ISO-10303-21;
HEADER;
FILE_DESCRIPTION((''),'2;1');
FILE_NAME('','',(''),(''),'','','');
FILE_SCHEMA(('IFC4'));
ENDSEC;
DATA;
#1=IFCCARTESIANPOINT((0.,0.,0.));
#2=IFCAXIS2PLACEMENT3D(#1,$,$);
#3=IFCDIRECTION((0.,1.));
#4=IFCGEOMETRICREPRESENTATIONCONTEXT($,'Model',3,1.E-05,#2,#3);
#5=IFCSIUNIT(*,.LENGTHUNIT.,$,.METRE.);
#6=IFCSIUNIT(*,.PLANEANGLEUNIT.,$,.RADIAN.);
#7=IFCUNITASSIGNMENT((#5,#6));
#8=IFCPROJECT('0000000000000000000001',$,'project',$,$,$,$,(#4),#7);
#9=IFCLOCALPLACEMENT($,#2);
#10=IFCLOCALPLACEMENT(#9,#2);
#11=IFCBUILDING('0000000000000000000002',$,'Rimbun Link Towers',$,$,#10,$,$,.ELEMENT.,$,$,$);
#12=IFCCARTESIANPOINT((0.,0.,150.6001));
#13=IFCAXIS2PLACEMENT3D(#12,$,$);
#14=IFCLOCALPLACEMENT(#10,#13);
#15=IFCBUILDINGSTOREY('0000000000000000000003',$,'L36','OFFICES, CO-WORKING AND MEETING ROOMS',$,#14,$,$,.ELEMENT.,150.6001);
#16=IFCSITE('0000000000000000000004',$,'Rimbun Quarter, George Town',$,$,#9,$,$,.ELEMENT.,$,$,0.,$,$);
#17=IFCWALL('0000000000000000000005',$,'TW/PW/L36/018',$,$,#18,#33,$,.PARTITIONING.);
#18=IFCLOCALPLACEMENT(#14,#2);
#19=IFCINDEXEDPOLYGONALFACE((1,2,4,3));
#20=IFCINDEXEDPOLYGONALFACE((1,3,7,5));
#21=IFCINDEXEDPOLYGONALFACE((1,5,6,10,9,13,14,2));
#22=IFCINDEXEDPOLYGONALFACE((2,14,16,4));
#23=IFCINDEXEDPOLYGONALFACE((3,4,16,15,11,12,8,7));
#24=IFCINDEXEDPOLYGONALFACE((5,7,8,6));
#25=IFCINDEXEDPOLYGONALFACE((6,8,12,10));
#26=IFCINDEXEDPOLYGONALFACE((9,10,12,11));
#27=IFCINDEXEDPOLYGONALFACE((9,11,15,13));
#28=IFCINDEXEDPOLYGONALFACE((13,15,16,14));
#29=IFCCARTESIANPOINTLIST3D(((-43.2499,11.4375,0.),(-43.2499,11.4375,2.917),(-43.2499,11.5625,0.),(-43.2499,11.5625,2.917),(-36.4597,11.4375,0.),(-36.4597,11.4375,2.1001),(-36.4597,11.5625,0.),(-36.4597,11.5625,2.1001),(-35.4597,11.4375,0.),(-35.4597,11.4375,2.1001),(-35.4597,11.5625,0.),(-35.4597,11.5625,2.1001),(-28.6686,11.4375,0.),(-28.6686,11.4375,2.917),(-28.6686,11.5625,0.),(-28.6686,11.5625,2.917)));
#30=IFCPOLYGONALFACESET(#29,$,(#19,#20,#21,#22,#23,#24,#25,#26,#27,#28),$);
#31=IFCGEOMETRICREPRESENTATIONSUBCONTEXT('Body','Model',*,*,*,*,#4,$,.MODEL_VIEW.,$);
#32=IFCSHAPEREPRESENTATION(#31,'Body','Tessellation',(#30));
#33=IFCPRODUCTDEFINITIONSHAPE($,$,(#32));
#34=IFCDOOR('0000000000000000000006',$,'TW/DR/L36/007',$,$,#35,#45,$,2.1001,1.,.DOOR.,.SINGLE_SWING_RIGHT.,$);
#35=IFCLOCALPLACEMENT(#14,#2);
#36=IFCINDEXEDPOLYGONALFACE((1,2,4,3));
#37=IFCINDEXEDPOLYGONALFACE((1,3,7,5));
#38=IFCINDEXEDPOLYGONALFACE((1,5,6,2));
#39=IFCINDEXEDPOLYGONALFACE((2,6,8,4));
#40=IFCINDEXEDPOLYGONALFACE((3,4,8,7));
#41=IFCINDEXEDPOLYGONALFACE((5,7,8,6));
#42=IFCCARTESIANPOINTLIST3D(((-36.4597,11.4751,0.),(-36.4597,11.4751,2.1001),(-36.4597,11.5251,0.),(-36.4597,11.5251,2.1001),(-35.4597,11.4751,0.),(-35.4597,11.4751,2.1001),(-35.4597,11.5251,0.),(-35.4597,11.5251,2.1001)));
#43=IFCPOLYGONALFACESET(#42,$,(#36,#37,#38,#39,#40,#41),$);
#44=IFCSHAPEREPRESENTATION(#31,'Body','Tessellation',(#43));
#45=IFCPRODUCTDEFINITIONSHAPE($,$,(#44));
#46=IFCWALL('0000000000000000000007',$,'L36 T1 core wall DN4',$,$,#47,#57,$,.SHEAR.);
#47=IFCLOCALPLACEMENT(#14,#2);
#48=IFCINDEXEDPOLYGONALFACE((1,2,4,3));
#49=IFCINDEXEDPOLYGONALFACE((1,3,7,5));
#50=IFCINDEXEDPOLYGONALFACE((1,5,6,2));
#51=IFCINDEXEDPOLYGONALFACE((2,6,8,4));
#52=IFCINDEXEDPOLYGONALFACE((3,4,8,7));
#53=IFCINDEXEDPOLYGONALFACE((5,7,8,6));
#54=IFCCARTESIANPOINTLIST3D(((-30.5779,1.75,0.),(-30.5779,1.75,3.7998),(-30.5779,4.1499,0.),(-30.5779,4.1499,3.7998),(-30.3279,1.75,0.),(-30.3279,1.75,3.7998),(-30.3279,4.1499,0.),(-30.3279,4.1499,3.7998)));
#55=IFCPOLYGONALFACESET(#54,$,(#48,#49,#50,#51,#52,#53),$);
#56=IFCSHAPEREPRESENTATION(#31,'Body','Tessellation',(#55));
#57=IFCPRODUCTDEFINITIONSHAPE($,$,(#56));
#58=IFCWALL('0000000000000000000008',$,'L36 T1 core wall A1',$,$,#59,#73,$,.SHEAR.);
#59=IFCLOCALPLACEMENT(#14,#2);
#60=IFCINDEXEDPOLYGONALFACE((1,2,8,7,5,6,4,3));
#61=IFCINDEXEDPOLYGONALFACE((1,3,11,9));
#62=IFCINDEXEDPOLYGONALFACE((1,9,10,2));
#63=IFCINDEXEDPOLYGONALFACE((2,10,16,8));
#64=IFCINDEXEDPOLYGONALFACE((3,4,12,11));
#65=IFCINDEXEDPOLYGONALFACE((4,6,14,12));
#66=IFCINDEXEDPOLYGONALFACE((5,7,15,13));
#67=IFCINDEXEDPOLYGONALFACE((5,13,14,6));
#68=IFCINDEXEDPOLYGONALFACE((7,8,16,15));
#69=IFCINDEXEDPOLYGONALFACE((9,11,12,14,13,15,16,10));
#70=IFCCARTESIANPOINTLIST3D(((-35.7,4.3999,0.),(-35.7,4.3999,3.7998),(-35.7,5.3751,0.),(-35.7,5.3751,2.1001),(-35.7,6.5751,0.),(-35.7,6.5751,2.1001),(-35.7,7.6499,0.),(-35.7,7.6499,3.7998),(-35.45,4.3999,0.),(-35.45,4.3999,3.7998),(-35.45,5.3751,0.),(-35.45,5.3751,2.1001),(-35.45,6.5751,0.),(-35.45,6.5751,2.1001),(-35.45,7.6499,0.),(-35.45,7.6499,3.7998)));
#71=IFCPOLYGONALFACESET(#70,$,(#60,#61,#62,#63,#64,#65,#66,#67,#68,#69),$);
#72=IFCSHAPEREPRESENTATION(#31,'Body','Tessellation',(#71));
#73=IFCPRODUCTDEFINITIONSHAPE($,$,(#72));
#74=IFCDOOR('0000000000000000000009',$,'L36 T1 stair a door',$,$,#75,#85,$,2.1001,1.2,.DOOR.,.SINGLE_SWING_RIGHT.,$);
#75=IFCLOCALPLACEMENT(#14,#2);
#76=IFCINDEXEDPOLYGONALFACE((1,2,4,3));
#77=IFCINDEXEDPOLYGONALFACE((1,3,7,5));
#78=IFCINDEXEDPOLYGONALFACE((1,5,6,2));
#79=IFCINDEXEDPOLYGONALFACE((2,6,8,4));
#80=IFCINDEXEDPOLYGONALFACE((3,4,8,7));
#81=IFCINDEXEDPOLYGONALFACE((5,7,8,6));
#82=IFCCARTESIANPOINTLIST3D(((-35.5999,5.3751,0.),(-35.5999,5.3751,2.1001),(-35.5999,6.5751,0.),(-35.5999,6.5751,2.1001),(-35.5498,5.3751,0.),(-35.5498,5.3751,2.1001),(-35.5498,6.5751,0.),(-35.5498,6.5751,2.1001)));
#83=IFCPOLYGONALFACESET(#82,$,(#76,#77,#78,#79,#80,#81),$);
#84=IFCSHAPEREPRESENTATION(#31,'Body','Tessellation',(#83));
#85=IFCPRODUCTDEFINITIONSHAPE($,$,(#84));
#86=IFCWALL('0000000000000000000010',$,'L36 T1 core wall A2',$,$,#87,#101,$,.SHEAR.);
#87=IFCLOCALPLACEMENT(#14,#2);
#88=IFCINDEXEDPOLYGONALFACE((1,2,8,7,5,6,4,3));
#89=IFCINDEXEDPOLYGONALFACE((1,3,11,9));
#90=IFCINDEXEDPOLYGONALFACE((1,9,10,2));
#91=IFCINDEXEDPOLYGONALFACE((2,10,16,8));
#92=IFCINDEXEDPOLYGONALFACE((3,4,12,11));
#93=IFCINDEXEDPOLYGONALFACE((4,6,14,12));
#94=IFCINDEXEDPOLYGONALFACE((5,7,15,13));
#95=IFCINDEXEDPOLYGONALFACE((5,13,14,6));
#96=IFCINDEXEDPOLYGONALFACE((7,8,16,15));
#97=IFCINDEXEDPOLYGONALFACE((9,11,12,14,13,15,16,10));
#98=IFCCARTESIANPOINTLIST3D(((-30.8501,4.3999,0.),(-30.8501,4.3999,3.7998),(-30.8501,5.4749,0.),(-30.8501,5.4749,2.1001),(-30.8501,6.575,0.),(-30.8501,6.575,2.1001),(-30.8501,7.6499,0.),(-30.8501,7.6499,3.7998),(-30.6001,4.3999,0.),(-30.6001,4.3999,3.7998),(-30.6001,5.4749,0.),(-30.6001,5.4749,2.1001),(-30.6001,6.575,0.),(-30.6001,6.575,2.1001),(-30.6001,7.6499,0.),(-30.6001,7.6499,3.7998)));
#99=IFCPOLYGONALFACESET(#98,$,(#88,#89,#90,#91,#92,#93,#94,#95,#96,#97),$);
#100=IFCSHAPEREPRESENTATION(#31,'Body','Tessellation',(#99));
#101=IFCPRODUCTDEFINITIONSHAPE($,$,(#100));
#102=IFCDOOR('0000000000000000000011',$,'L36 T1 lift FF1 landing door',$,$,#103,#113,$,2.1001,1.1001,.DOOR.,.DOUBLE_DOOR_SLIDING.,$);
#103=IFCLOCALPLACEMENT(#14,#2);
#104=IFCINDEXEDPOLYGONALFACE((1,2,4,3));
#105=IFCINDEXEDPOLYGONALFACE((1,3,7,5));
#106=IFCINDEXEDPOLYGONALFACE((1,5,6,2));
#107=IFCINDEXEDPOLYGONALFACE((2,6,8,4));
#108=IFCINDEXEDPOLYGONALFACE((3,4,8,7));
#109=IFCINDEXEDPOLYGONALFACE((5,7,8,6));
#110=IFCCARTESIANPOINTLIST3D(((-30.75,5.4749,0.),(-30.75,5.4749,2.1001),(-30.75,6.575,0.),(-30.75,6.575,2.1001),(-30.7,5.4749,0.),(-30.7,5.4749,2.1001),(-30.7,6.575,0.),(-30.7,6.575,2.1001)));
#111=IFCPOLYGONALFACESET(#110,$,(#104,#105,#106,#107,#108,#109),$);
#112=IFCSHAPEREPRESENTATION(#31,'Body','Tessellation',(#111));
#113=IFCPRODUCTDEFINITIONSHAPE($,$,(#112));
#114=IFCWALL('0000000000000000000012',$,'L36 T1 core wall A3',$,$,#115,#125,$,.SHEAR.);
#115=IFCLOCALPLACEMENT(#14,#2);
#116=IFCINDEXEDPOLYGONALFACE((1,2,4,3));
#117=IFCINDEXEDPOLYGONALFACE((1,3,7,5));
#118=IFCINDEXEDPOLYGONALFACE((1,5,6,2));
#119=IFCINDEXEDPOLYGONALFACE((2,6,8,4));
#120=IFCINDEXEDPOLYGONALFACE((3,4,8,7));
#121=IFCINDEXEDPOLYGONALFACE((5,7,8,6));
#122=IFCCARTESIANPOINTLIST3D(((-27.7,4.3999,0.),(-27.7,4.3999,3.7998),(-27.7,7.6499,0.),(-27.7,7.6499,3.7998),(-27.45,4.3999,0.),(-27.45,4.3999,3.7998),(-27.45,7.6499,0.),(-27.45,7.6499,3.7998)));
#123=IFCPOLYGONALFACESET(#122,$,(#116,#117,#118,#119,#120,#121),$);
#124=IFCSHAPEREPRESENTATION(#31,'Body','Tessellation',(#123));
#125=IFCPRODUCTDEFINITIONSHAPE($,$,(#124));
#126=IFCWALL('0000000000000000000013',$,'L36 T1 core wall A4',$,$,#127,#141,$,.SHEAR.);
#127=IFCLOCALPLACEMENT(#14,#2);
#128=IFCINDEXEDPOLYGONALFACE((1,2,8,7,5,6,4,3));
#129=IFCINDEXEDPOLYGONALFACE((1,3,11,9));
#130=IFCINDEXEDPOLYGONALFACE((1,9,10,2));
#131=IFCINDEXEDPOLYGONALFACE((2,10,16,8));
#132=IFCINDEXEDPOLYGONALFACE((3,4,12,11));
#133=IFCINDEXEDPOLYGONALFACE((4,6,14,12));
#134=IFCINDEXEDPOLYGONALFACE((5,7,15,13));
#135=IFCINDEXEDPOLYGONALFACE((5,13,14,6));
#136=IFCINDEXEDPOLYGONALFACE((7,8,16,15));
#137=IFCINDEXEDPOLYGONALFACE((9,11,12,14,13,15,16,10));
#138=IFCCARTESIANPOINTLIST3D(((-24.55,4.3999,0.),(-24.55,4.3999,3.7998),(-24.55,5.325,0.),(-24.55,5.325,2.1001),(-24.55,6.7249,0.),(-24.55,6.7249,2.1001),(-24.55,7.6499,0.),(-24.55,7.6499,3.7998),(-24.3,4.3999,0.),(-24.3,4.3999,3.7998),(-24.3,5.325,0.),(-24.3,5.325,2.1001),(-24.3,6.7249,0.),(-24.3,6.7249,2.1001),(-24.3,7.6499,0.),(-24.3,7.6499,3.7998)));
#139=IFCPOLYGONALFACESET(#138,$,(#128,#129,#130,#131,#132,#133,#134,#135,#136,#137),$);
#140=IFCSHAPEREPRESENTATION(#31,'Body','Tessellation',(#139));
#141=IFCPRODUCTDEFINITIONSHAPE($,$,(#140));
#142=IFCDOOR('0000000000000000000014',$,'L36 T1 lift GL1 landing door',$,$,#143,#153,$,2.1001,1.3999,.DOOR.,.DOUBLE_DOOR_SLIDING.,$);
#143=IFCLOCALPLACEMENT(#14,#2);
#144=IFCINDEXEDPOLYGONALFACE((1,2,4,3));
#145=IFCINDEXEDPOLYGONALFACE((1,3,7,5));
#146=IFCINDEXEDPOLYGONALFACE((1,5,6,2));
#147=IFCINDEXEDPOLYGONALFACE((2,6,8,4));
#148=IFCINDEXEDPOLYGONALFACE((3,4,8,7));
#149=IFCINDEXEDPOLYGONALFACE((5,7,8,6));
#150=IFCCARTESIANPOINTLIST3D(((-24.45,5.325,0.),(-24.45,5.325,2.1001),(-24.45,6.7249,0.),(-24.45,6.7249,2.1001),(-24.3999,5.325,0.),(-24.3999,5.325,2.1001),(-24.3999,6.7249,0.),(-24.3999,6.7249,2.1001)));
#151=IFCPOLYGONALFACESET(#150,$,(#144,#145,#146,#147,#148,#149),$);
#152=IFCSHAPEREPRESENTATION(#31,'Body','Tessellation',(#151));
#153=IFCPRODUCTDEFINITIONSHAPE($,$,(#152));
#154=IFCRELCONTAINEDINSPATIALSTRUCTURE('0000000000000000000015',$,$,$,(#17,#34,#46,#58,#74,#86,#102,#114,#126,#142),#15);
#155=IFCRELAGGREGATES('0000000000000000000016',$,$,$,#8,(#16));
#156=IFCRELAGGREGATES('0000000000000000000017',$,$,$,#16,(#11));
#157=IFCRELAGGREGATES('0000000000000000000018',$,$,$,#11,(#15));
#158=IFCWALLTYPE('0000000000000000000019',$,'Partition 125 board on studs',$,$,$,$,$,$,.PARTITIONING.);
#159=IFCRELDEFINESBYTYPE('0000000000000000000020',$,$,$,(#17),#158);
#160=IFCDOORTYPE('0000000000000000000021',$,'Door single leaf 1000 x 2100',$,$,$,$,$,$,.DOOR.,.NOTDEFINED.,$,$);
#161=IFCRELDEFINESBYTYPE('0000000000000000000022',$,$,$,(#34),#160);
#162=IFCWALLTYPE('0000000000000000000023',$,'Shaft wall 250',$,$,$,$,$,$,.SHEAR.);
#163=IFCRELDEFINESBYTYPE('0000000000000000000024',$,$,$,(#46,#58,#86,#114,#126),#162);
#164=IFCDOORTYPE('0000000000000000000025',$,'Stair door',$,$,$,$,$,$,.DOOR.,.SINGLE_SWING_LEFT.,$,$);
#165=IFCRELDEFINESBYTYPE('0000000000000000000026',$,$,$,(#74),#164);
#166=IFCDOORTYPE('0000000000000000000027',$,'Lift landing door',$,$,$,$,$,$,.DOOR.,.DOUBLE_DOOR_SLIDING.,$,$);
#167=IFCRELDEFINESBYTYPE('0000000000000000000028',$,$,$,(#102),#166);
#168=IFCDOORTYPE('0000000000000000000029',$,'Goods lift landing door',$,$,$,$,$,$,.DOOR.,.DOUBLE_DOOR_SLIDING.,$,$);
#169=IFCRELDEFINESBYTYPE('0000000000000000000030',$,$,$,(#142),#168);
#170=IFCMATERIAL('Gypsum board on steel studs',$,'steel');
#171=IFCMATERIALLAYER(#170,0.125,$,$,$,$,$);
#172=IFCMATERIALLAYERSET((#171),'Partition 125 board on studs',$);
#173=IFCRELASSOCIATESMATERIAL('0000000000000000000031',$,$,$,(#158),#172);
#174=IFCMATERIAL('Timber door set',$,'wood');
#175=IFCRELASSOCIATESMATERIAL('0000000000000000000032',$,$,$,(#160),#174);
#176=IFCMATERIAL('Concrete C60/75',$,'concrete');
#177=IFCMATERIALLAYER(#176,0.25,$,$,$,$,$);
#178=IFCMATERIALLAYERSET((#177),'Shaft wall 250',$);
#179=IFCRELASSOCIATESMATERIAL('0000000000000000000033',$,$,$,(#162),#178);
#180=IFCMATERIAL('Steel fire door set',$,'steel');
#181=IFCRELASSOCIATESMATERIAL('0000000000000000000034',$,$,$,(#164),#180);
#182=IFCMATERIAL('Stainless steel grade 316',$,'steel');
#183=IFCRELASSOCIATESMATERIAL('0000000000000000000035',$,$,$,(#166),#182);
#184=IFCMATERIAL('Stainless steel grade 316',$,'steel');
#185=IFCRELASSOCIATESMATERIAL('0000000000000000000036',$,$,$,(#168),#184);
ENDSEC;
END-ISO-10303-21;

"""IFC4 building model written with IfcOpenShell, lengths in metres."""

from ifc_helpers import new_model, si_unit, direction, frame, frame_2d, origin, place, context, subcontext, project, spatial, rectangle, extrude, material, layer, layer_set, type_object, element, fill, save


model = new_model("IFC4")

# Units and contexts
model_context = context("Model", 3, precision=1e-05, world=origin(), true_north=direction((0.0, 1.0)))
body_context = subcontext(model_context, "Body", "Model", "MODEL_VIEW")
ifc_project = project(units=[si_unit("LENGTHUNIT", "METRE"), si_unit("PLANEANGLEUNIT", "RADIAN")], contexts=[model_context])

# Site, building, storey
site_placement = place(None, origin())
site = spatial("IfcSite", under=ifc_project, at=site_placement, Name="Rimbun Quarter, George Town", CompositionType="ELEMENT", RefElevation=0.0)
building_placement = place(site_placement, origin())
building = spatial("IfcBuilding", under=site, at=building_placement, Name="Rimbun Link Towers", CompositionType="ELEMENT")
storey_placement = place(building_placement, frame((0.0, 0.0, 150.6001)))
storey = spatial("IfcBuildingStorey", under=building, at=storey_placement, Name="L36", Description="OFFICES, CO-WORKING AND MEETING ROOMS", CompositionType="ELEMENT", Elevation=150.6001)

# Wall, opening, door
ifc_material_1 = material(Name="Gypsum board on steel studs", Category="steel")
ifc_layer_1 = layer(ifc_material_1, 0.125)
ifc_layer_set_1 = layer_set([ifc_layer_1], Name="Partition 125 board on studs")
wall_type_1 = type_object("IfcWallType", Name="Partition 125 board on studs", PredefinedType="PARTITIONING", material=ifc_layer_set_1)
wall_1_placement = place(storey_placement, frame((-28.6687, 11.5, 0.0), z_axis=(0.0, 0.0, 1.0), x_axis=(-1.0, 0.0, 0.0)))
wall_1 = element("IfcWall", 1, at=wall_1_placement, inside=storey, type_object=wall_type_1, Name="TW/PW/L36/018", PredefinedType="PARTITIONING", context=body_context, shape_type="SweptSolid", body=[
    extrude(rectangle(XDim=14.5813, YDim=0.125, at=frame_2d((7.2905, 0.0))), origin(), (0.0, 0.0, 1.0), 2.917),
])
opening_1_placement = place(wall_1_placement, frame((6.791, 0.0, 0.0)))
opening_1 = element("IfcOpeningElement", 2, at=opening_1_placement, cuts=wall_1, PredefinedType="OPENING", context=body_context, shape_type="SweptSolid", body=[
    extrude(rectangle(XDim=1.0, YDim=2.1001, at=frame_2d((0.5, 1.05))), frame((0.0, 0.0725, 0.0), z_axis=(0.0, -1.0, 0.0), x_axis=(1.0, 0.0, 0.0)), (0.0, 0.0, 1.0), 0.145),
])
ifc_material_2 = material(Name="Timber door set", Category="wood")
door_type_1 = type_object("IfcDoorType", Name="Door single leaf 1000 x 2100", OperationType="NOTDEFINED", PredefinedType="DOOR", material=ifc_material_2)
door_1_placement = place(opening_1_placement, origin())
door_1 = element("IfcDoor", 3, at=door_1_placement, inside=storey, type_object=door_type_1, Name="TW/DR/L36/007", OperationType="SINGLE_SWING_RIGHT", OverallHeight=2.1001, OverallWidth=1.0, PredefinedType="DOOR", context=body_context, shape_type="SweptSolid", body=[
    extrude(rectangle(XDim=1.0, YDim=2.1001, at=frame_2d((0.5, 1.05))), frame((0.0, 0.0249, 0.0), z_axis=(0.0, -1.0, 0.0), x_axis=(1.0, 0.0, 0.0)), (0.0, 0.0, 1.0), 0.05),
])
fill(opening_1, door_1)

# Wall
ifc_material_3 = material(Name="Concrete C60/75", Category="concrete")
ifc_layer_2 = layer(ifc_material_3, 0.25)
ifc_layer_set_2 = layer_set([ifc_layer_2], Name="Shaft wall 250")
wall_type_2 = type_object("IfcWallType", Name="Shaft wall 250", PredefinedType="SHEAR", material=ifc_layer_set_2)
wall_2_placement = place(storey_placement, frame((-30.4529, 1.75, 0.0), z_axis=(0.0, 0.0, 1.0), x_axis=(0.0, 1.0, 0.0)))
element("IfcWall", 4, at=wall_2_placement, inside=storey, type_object=wall_type_2, Name="L36 T1 core wall DN4", PredefinedType="SHEAR", context=body_context, shape_type="SweptSolid", body=[
    extrude(rectangle(XDim=2.3999, YDim=0.25, at=frame_2d((1.2, 0.0))), origin(), (0.0, 0.0, 1.0), 3.7998),
])

# Walls, openings, doors
wall_3_placement = place(storey_placement, frame((-35.575, 4.3999, 0.0), z_axis=(0.0, 0.0, 1.0), x_axis=(0.0, 1.0, 0.0)))
wall_3 = element("IfcWall", 5, at=wall_3_placement, inside=storey, type_object=wall_type_2, Name="L36 T1 core wall A1", PredefinedType="SHEAR", context=body_context, shape_type="SweptSolid", body=[
    extrude(rectangle(XDim=3.25, YDim=0.25, at=frame_2d((1.625, 0.0))), origin(), (0.0, 0.0, 1.0), 3.7998),
])
opening_2_placement = place(wall_3_placement, frame((0.9751, 0.0, 0.0)))
opening_2 = element("IfcOpeningElement", 6, at=opening_2_placement, cuts=wall_3, PredefinedType="OPENING", context=body_context, shape_type="SweptSolid", body=[
    extrude(rectangle(XDim=1.2, YDim=2.1001, at=frame_2d((0.6001, 1.05))), frame((0.0, 0.135, 0.0), z_axis=(0.0, -1.0, 0.0), x_axis=(1.0, 0.0, 0.0)), (0.0, 0.0, 1.0), 0.27),
])
ifc_material_4 = material(Name="Steel fire door set", Category="steel")
door_type_2 = type_object("IfcDoorType", Name="Stair door", OperationType="SINGLE_SWING_LEFT", PredefinedType="DOOR", material=ifc_material_4)
door_2_placement = place(opening_2_placement, origin())
door_2 = element("IfcDoor", 7, at=door_2_placement, inside=storey, type_object=door_type_2, Name="L36 T1 stair a door", OperationType="SINGLE_SWING_RIGHT", OverallHeight=2.1001, OverallWidth=1.2, PredefinedType="DOOR", context=body_context, shape_type="SweptSolid", body=[
    extrude(rectangle(XDim=1.2, YDim=2.1001, at=frame_2d((0.6001, 1.05))), frame((0.0, 0.0249, 0.0), z_axis=(0.0, -1.0, 0.0), x_axis=(1.0, 0.0, 0.0)), (0.0, 0.0, 1.0), 0.05),
])
fill(opening_2, door_2)
wall_4_placement = place(storey_placement, frame((-30.7251, 4.3999, 0.0), z_axis=(0.0, 0.0, 1.0), x_axis=(0.0, 1.0, 0.0)))
wall_4 = element("IfcWall", 8, at=wall_4_placement, inside=storey, type_object=wall_type_2, Name="L36 T1 core wall A2", PredefinedType="SHEAR", context=body_context, shape_type="SweptSolid", body=[
    extrude(rectangle(XDim=3.25, YDim=0.25, at=frame_2d((1.625, 0.0))), origin(), (0.0, 0.0, 1.0), 3.7998),
])
opening_3_placement = place(wall_4_placement, frame((1.075, 0.0, 0.0)))
opening_3 = element("IfcOpeningElement", 9, at=opening_3_placement, cuts=wall_4, PredefinedType="OPENING", context=body_context, shape_type="SweptSolid", body=[
    extrude(rectangle(XDim=1.1001, YDim=2.1001, at=frame_2d((0.55, 1.05))), frame((0.0, 0.135, 0.0), z_axis=(0.0, -1.0, 0.0), x_axis=(1.0, 0.0, 0.0)), (0.0, 0.0, 1.0), 0.27),
])
ifc_material_5 = material(Name="Stainless steel grade 316", Category="steel")
door_type_3 = type_object("IfcDoorType", Name="Lift landing door", OperationType="DOUBLE_DOOR_SLIDING", PredefinedType="DOOR", material=ifc_material_5)
door_3_placement = place(opening_3_placement, origin())
door_3 = element("IfcDoor", 10, at=door_3_placement, inside=storey, type_object=door_type_3, Name="L36 T1 lift FF1 landing door", OperationType="DOUBLE_DOOR_SLIDING", OverallHeight=2.1001, OverallWidth=1.1001, PredefinedType="DOOR", context=body_context, shape_type="SweptSolid", body=[
    extrude(rectangle(XDim=1.1001, YDim=2.1001, at=frame_2d((0.55, 1.05))), frame((0.0, 0.0249, 0.0), z_axis=(0.0, -1.0, 0.0), x_axis=(1.0, 0.0, 0.0)), (0.0, 0.0, 1.0), 0.05),
])
fill(opening_3, door_3)

# Wall
wall_5_placement = place(storey_placement, frame((-27.575, 4.3999, 0.0), z_axis=(0.0, 0.0, 1.0), x_axis=(0.0, 1.0, 0.0)))
element("IfcWall", 11, at=wall_5_placement, inside=storey, type_object=wall_type_2, Name="L36 T1 core wall A3", PredefinedType="SHEAR", context=body_context, shape_type="SweptSolid", body=[
    extrude(rectangle(XDim=3.25, YDim=0.25, at=frame_2d((1.625, 0.0))), origin(), (0.0, 0.0, 1.0), 3.7998),
])

# Wall, opening, door
wall_6_placement = place(storey_placement, frame((-24.425, 4.3999, 0.0), z_axis=(0.0, 0.0, 1.0), x_axis=(0.0, 1.0, 0.0)))
wall_6 = element("IfcWall", 12, at=wall_6_placement, inside=storey, type_object=wall_type_2, Name="L36 T1 core wall A4", PredefinedType="SHEAR", context=body_context, shape_type="SweptSolid", body=[
    extrude(rectangle(XDim=3.25, YDim=0.25, at=frame_2d((1.625, 0.0))), origin(), (0.0, 0.0, 1.0), 3.7998),
])
opening_4_placement = place(wall_6_placement, frame((0.925, 0.0, 0.0)))
opening_4 = element("IfcOpeningElement", 13, at=opening_4_placement, cuts=wall_6, PredefinedType="OPENING", context=body_context, shape_type="SweptSolid", body=[
    extrude(rectangle(XDim=1.3999, YDim=2.1001, at=frame_2d((0.7, 1.05))), frame((0.0, 0.135, 0.0), z_axis=(0.0, -1.0, 0.0), x_axis=(1.0, 0.0, 0.0)), (0.0, 0.0, 1.0), 0.27),
])
ifc_material_6 = material(Name="Stainless steel grade 316", Category="steel")
door_type_4 = type_object("IfcDoorType", Name="Goods lift landing door", OperationType="DOUBLE_DOOR_SLIDING", PredefinedType="DOOR", material=ifc_material_6)
door_4_placement = place(opening_4_placement, origin())
door_4 = element("IfcDoor", 14, at=door_4_placement, inside=storey, type_object=door_type_4, Name="L36 T1 lift GL1 landing door", OperationType="DOUBLE_DOOR_SLIDING", OverallHeight=2.1001, OverallWidth=1.3999, PredefinedType="DOOR", context=body_context, shape_type="SweptSolid", body=[
    extrude(rectangle(XDim=1.3999, YDim=2.1001, at=frame_2d((0.7, 1.05))), frame((0.0, 0.0249, 0.0), z_axis=(0.0, -1.0, 0.0), x_axis=(1.0, 0.0, 0.0)), (0.0, 0.0, 1.0), 0.05),
])
fill(opening_4, door_4)

save(model, "model.ifc")
